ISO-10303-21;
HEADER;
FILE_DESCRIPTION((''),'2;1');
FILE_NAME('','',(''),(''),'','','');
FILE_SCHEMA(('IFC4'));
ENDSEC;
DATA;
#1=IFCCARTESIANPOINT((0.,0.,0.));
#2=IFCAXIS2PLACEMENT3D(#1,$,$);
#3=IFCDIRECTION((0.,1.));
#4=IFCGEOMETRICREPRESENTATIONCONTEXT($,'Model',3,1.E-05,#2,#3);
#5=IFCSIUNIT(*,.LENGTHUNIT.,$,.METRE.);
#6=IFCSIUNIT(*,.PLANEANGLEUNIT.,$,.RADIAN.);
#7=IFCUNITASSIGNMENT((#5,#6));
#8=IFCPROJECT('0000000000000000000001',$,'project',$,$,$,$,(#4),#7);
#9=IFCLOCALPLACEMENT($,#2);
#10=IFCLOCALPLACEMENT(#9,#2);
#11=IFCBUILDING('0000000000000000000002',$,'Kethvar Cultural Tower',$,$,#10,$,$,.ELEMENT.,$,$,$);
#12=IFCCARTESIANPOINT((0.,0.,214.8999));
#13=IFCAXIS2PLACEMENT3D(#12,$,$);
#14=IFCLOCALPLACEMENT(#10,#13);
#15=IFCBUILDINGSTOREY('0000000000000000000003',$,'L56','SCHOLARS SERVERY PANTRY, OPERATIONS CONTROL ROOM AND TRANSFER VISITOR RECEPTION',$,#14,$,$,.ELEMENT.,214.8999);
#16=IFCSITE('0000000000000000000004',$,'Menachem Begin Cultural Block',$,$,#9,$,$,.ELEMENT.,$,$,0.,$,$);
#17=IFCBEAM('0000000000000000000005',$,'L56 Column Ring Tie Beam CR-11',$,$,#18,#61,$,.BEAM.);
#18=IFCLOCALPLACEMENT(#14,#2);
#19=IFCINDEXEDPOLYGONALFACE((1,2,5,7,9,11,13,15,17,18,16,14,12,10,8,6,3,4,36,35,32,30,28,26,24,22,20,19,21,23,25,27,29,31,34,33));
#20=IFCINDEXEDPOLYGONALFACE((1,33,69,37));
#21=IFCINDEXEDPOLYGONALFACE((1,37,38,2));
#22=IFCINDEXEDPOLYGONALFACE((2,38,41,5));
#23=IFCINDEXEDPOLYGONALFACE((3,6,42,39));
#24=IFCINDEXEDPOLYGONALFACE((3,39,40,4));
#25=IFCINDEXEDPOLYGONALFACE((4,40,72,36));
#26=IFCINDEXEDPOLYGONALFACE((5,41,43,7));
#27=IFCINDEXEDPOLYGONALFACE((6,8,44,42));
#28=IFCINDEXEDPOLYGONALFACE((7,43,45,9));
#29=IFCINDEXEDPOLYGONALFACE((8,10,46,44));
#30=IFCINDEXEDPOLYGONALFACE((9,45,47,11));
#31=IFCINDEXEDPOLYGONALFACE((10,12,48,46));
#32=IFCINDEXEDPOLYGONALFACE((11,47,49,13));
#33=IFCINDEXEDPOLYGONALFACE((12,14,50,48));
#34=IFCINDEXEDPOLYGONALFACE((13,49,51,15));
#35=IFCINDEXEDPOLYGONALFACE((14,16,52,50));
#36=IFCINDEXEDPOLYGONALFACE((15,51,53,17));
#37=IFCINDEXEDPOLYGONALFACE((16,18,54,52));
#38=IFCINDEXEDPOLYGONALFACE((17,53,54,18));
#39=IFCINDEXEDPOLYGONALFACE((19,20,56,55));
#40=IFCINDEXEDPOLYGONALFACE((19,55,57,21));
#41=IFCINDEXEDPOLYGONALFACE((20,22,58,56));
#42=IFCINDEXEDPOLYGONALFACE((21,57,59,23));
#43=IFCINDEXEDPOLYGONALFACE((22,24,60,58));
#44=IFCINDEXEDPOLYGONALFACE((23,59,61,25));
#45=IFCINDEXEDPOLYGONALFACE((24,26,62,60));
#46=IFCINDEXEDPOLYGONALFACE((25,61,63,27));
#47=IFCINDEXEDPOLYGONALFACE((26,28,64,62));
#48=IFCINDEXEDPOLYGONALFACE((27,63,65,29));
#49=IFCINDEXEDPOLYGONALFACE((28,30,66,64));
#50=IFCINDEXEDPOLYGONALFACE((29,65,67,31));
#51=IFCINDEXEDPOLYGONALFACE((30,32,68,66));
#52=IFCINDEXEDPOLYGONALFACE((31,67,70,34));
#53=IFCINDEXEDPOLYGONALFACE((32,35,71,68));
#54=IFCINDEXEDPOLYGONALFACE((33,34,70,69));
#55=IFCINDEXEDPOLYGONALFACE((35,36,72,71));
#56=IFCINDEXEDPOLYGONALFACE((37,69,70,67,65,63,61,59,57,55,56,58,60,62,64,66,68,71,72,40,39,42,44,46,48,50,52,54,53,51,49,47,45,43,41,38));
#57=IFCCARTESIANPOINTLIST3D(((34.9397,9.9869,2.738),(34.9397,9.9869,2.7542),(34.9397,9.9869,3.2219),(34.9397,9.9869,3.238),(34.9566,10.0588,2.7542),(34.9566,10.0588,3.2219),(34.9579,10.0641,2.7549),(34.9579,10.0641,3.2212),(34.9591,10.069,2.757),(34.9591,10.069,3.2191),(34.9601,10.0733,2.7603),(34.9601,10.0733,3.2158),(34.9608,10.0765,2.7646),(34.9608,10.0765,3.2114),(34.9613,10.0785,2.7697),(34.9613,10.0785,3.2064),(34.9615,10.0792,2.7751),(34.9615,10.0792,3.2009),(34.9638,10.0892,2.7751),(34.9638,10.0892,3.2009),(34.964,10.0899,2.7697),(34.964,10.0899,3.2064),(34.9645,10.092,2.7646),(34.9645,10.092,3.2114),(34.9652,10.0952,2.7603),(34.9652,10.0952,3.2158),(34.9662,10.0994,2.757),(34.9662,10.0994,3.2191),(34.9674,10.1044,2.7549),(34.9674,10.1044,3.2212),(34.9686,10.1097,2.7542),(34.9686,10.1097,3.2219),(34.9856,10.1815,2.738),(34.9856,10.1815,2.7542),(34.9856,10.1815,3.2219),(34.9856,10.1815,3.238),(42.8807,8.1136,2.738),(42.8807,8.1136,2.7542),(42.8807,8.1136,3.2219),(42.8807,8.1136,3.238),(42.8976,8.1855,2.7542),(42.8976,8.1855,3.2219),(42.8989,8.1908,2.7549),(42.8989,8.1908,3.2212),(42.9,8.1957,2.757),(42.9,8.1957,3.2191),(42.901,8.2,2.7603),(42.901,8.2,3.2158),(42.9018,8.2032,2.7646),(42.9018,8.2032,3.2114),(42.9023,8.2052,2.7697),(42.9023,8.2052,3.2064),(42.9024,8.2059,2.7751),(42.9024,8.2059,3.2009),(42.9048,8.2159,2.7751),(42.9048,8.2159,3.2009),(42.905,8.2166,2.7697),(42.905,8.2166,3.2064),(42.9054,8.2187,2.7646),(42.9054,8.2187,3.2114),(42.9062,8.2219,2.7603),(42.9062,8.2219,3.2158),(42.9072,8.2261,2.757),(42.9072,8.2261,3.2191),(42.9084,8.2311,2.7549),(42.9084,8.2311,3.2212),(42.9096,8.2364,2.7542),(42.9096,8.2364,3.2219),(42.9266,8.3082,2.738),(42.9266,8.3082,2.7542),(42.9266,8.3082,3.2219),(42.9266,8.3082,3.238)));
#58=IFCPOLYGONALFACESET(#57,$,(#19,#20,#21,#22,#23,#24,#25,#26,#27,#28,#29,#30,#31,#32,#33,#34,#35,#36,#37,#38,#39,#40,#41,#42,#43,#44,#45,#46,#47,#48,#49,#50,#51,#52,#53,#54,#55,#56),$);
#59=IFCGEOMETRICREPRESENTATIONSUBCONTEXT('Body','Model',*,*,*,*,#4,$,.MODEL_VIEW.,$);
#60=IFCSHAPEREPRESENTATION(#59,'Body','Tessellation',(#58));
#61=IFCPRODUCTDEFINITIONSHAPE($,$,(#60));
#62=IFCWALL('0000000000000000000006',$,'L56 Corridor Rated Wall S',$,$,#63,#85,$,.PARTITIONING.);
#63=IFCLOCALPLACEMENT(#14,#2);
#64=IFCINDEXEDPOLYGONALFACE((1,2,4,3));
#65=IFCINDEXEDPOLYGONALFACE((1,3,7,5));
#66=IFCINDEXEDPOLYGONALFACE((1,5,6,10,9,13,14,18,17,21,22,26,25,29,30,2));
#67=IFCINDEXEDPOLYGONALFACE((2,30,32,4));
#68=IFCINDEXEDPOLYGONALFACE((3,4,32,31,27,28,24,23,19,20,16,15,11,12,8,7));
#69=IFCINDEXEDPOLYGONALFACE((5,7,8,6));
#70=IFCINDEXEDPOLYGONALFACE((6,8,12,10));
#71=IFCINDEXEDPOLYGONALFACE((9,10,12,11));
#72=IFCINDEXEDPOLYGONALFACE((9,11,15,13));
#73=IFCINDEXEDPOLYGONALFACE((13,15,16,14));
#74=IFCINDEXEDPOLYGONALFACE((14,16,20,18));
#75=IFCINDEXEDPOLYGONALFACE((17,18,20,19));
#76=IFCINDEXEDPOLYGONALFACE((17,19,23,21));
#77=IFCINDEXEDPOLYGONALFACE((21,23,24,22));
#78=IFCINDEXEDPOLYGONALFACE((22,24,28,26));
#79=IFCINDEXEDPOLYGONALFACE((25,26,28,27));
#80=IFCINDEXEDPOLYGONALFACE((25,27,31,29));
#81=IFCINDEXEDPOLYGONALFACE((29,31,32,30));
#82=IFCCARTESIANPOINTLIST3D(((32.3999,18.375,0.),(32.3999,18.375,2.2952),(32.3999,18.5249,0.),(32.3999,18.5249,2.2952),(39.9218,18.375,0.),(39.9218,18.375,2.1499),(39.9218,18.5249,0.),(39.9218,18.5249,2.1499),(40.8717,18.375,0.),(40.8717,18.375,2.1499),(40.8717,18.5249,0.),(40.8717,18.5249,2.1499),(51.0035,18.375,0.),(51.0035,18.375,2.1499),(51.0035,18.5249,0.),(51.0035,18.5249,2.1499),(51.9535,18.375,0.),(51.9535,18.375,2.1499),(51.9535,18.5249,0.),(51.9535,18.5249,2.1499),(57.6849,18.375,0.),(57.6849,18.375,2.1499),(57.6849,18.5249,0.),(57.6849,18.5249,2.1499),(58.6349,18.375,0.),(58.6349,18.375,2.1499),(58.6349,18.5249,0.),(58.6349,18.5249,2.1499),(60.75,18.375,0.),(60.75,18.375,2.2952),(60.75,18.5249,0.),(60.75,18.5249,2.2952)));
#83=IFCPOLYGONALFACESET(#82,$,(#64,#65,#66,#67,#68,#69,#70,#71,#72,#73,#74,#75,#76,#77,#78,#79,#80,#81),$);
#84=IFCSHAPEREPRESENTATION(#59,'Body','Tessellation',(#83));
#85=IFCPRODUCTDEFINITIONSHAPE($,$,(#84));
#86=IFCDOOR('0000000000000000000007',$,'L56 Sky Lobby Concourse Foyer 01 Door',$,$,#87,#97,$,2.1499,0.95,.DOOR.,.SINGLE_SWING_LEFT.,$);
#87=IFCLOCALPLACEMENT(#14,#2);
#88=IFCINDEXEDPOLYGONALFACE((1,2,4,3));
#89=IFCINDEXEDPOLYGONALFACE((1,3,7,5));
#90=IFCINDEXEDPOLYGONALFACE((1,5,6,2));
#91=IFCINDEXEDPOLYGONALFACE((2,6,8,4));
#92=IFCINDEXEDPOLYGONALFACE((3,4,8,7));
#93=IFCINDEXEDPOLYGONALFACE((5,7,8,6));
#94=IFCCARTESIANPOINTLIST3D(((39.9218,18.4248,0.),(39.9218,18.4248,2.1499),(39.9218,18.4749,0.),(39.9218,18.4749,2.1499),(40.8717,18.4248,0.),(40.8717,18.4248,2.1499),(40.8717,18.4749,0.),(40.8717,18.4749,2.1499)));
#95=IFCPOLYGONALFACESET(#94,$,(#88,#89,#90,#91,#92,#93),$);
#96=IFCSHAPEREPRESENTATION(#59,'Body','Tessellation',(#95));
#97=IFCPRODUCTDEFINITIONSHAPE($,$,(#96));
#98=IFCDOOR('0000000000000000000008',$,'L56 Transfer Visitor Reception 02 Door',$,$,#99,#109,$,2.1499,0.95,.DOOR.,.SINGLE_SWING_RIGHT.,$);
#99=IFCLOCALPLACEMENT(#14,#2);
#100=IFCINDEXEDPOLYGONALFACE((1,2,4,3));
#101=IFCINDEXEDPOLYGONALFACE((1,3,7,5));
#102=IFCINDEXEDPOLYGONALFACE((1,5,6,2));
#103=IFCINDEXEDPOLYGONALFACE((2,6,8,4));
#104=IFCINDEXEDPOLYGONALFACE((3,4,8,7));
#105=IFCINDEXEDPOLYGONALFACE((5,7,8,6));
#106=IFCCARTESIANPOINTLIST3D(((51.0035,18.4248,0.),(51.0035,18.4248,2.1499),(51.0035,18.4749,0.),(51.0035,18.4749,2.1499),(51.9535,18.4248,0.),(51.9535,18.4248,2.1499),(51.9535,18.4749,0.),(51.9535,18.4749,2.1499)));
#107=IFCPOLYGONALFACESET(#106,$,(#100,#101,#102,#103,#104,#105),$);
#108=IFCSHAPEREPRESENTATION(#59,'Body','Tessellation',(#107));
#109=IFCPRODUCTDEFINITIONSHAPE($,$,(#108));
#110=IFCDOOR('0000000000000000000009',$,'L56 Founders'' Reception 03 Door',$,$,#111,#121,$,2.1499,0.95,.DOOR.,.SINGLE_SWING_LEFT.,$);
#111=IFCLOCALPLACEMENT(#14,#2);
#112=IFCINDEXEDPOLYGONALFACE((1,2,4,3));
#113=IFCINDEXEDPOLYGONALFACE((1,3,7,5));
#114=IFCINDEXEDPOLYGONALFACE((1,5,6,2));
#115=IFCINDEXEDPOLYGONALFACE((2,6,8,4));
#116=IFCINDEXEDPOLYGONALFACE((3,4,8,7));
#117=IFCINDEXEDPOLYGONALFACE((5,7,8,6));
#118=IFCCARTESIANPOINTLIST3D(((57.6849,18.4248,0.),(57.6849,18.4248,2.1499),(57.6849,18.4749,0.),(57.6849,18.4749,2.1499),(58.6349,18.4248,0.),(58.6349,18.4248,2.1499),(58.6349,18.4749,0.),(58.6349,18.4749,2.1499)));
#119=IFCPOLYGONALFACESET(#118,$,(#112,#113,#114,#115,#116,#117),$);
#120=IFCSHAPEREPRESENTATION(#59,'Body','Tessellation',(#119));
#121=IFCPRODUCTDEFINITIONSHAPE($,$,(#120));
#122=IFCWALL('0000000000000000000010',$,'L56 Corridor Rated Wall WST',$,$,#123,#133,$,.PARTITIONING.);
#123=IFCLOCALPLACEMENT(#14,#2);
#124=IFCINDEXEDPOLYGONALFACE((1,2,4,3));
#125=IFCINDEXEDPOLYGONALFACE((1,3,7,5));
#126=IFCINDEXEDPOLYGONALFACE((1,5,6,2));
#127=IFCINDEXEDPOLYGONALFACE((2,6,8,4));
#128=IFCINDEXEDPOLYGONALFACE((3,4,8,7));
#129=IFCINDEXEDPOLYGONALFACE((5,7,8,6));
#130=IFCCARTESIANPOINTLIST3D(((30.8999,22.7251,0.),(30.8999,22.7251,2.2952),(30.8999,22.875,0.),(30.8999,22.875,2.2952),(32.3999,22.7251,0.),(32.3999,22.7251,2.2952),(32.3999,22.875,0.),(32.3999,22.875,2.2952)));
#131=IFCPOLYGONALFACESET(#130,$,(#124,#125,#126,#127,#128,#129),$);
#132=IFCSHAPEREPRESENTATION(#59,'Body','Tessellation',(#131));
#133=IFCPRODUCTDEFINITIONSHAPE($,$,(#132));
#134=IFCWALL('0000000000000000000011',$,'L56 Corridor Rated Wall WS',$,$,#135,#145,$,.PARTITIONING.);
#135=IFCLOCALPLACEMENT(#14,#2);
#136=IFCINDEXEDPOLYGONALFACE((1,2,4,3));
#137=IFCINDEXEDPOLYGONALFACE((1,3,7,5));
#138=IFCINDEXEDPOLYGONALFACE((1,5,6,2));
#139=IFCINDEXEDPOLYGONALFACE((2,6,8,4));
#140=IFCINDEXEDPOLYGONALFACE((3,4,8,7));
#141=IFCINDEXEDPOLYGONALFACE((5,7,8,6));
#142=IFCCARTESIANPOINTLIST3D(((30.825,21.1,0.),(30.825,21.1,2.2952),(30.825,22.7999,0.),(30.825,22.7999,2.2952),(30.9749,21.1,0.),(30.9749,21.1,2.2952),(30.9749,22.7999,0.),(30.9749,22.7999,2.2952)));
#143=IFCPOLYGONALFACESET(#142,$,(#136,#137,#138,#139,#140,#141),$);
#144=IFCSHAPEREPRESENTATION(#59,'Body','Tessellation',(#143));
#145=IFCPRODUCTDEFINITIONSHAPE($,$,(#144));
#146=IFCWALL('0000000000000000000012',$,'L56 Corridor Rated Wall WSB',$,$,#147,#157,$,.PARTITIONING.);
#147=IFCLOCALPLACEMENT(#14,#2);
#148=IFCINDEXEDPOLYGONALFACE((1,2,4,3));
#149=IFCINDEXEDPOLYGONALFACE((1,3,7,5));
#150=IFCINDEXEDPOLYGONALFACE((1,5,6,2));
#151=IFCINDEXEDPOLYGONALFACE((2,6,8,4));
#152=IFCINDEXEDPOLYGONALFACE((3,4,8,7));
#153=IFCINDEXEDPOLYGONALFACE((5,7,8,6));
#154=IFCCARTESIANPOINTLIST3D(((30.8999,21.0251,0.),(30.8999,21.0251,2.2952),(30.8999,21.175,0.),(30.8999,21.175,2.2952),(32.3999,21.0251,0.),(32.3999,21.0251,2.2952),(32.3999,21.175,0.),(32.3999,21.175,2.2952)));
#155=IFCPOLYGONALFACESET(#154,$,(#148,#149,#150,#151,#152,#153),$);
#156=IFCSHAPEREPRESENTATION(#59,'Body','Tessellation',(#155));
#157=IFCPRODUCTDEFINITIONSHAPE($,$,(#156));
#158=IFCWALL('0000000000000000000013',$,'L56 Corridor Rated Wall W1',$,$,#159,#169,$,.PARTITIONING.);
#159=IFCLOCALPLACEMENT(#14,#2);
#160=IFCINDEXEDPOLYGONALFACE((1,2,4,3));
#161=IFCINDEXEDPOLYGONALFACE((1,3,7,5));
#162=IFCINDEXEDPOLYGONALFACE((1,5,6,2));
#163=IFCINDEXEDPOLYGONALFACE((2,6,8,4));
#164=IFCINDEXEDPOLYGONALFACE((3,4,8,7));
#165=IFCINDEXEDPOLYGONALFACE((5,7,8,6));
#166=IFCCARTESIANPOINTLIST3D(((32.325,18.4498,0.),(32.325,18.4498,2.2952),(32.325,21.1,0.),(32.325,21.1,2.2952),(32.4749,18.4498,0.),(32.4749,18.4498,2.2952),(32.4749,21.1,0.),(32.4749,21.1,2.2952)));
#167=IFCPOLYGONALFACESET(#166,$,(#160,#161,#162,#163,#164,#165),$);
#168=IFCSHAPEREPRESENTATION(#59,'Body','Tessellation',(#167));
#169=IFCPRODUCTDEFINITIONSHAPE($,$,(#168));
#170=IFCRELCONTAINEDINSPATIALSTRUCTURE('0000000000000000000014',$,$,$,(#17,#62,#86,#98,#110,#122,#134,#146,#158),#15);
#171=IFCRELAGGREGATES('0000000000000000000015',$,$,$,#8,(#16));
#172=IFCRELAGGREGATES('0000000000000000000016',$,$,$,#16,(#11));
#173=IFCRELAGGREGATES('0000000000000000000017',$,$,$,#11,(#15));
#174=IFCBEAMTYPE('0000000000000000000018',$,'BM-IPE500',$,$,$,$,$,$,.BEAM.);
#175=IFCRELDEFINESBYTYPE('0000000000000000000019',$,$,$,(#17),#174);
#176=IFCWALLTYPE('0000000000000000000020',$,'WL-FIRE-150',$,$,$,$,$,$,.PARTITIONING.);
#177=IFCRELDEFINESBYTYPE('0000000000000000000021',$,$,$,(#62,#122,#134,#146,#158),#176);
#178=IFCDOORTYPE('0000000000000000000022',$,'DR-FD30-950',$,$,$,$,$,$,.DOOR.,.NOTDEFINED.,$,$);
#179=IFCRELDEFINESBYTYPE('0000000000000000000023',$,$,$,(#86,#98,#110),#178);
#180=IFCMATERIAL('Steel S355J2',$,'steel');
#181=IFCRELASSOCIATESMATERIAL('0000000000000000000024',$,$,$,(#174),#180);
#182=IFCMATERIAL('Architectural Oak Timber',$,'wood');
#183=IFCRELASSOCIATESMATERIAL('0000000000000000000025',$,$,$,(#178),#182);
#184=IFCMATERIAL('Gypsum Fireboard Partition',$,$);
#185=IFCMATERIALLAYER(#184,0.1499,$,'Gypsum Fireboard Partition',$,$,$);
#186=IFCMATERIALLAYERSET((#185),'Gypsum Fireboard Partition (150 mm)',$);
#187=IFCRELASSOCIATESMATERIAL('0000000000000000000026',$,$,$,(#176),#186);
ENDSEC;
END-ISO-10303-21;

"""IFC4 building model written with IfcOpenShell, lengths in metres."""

from ifc_helpers import new_model, si_unit, direction, frame, frame_2d, origin, origin_2d, place, context, subcontext, project, spatial, rectangle, i_section, extrude, source, transform, mapped, material, layer, layer_set, material_profile, profile_set, type_object, element, fill, save


model = new_model("IFC4")

# Units and contexts
model_context = context("Model", 3, precision=1e-05, world=origin(), true_north=direction((0.0, 1.0)))
body_context = subcontext(model_context, "Body", "Model", "MODEL_VIEW")
ifc_project = project(units=[si_unit("LENGTHUNIT", "METRE"), si_unit("PLANEANGLEUNIT", "RADIAN")], contexts=[model_context])

# Site, building, storey
site_placement = place(None, origin())
site = spatial("IfcSite", under=ifc_project, at=site_placement, Name="Menachem Begin Cultural Block", CompositionType="ELEMENT", RefElevation=0.0)
building_placement = place(site_placement, origin())
building = spatial("IfcBuilding", under=site, at=building_placement, Name="Kethvar Cultural Tower", CompositionType="ELEMENT")
storey_placement = place(building_placement, frame((0.0, 0.0, 214.8999)))
storey = spatial("IfcBuildingStorey", under=building, at=storey_placement, Name="L56", Description="SCHOLARS SERVERY PANTRY, OPERATIONS CONTROL ROOM AND TRANSFER VISITOR RECEPTION", CompositionType="ELEMENT", Elevation=214.8999)

# Beam
ifc_material_1 = material(Name="Steel S355J2", Category="steel")
ifc_material_profile_1 = material_profile(ifc_material_1, i_section(OverallWidth=0.2, OverallDepth=0.5, WebThickness=0.0103, FlangeThickness=0.0161, FilletRadius=0.021, at=origin_2d()), Name="Steel S355J2 — IPE500")
ifc_profile_set_1 = profile_set([ifc_material_profile_1], Name="Steel S355J2 — IPE500")
beam_type_1 = type_object("IfcBeamType", Name="BM-IPE500", PredefinedType="BEAM", material=ifc_profile_set_1)
shared_shape_1 = source(origin(), body_context, "Body", "SweptSolid", [
    extrude(i_section(OverallWidth=0.2, OverallDepth=0.5, WebThickness=0.0103, FlangeThickness=0.0161, FilletRadius=0.021, at=origin_2d()), origin(), (0.0, 0.0, 1.0), 8.1589),
])
beam_1_placement = place(storey_placement, frame((34.9626, 10.0842, 2.988), z_axis=(0.973285, -0.229601, 0.0), x_axis=(0.229601, 0.973285, 0.0)))
element("IfcBeam", 1, at=beam_1_placement, inside=storey, type_object=beam_type_1, Name="L56 Column Ring Tie Beam CR-11", PredefinedType="BEAM", context=body_context, shape_type="MappedRepresentation", body=[
    mapped(shared_shape_1, transform((0.0, 0.0, 0.0), scale=1.0)),
])

# Wall, openings, doors
ifc_material_2 = material(Name="Architectural Oak Timber", Category="wood")
door_type_1 = type_object("IfcDoorType", Name="DR-FD30-950", OperationType="NOTDEFINED", PredefinedType="DOOR", material=ifc_material_2)
shared_shape_2 = source(origin(), body_context, "Body", "SweptSolid", [
    extrude(rectangle(XDim=0.95, YDim=2.1499, at=frame_2d((0.4751, 1.075))), frame((0.0, 0.0249, 0.0), z_axis=(0.0, -1.0, 0.0), x_axis=(1.0, 0.0, 0.0)), (0.0, 0.0, 1.0), 0.05),
])
ifc_material_3 = material(Name="Gypsum Fireboard Partition")
ifc_layer_1 = layer(ifc_material_3, 0.1499, Name="Gypsum Fireboard Partition")
ifc_layer_set_1 = layer_set([ifc_layer_1], Name="Gypsum Fireboard Partition (150 mm)")
wall_type_1 = type_object("IfcWallType", Name="WL-FIRE-150", PredefinedType="PARTITIONING", material=ifc_layer_set_1)
wall_1_placement = place(storey_placement, frame((32.3999, 18.45, 0.0), z_axis=(0.0, 0.0, 1.0), x_axis=(1.0, 0.0, 0.0)))
wall_1 = element("IfcWall", 2, at=wall_1_placement, inside=storey, type_object=wall_type_1, Name="L56 Corridor Rated Wall S", PredefinedType="PARTITIONING", context=body_context, shape_type="SweptSolid", body=[
    extrude(rectangle(XDim=28.3501, YDim=0.1499, at=frame_2d((14.175, 0.0))), origin(), (0.0, 0.0, 1.0), 2.2952),
])
opening_1_placement = place(wall_1_placement, frame((7.5217, 0.0, 0.0)))
opening_1 = element("IfcOpeningElement", 3, at=opening_1_placement, cuts=wall_1, PredefinedType="OPENING", context=body_context, shape_type="SweptSolid", body=[
    extrude(rectangle(XDim=0.95, YDim=2.1499, at=frame_2d((0.4751, 1.075))), frame((0.0, 0.085, 0.0), z_axis=(0.0, -1.0, 0.0), x_axis=(1.0, 0.0, 0.0)), (0.0, 0.0, 1.0), 0.1699),
])
opening_2_placement = place(wall_1_placement, frame((18.6035, 0.0, 0.0)))
opening_2 = element("IfcOpeningElement", 4, at=opening_2_placement, cuts=wall_1, PredefinedType="OPENING", context=body_context, shape_type="SweptSolid", body=[
    extrude(rectangle(XDim=0.95, YDim=2.1499, at=frame_2d((0.4751, 1.075))), frame((0.0, 0.085, 0.0), z_axis=(0.0, -1.0, 0.0), x_axis=(1.0, 0.0, 0.0)), (0.0, 0.0, 1.0), 0.1699),
])
opening_3_placement = place(wall_1_placement, frame((25.2849, 0.0, 0.0)))
opening_3 = element("IfcOpeningElement", 5, at=opening_3_placement, cuts=wall_1, PredefinedType="OPENING", context=body_context, shape_type="SweptSolid", body=[
    extrude(rectangle(XDim=0.95, YDim=2.1499, at=frame_2d((0.4751, 1.075))), frame((0.0, 0.085, 0.0), z_axis=(0.0, -1.0, 0.0), x_axis=(1.0, 0.0, 0.0)), (0.0, 0.0, 1.0), 0.1699),
])
door_1_placement = place(opening_1_placement, origin())
door_1 = element("IfcDoor", 6, at=door_1_placement, inside=storey, type_object=door_type_1, Name="L56 Sky Lobby Concourse Foyer 01 Door", OperationType="SINGLE_SWING_LEFT", OverallHeight=2.1499, OverallWidth=0.95, PredefinedType="DOOR", context=body_context, shape_type="MappedRepresentation", body=[
    mapped(shared_shape_2, transform((0.0, 0.0, 0.0), scale=1.0)),
])
fill(opening_1, door_1)
door_2_placement = place(opening_2_placement, origin())
door_2 = element("IfcDoor", 7, at=door_2_placement, inside=storey, type_object=door_type_1, Name="L56 Transfer Visitor Reception 02 Door", OperationType="SINGLE_SWING_RIGHT", OverallHeight=2.1499, OverallWidth=0.95, PredefinedType="DOOR", context=body_context, shape_type="MappedRepresentation", body=[
    mapped(shared_shape_2, transform((0.0, 0.0, 0.0), scale=1.0)),
])
fill(opening_2, door_2)
door_3_placement = place(opening_3_placement, origin())
door_3 = element("IfcDoor", 8, at=door_3_placement, inside=storey, type_object=door_type_1, Name="L56 Founders' Reception 03 Door", OperationType="SINGLE_SWING_LEFT", OverallHeight=2.1499, OverallWidth=0.95, PredefinedType="DOOR", context=body_context, shape_type="MappedRepresentation", body=[
    mapped(shared_shape_2, transform((0.0, 0.0, 0.0), scale=1.0)),
])
fill(opening_3, door_3)

# Walls
wall_2_placement = place(storey_placement, frame((32.3999, 22.8, 0.0), z_axis=(0.0, 0.0, 1.0), x_axis=(-1.0, 0.0, 0.0)))
element("IfcWall", 9, at=wall_2_placement, inside=storey, type_object=wall_type_1, Name="L56 Corridor Rated Wall WST", PredefinedType="PARTITIONING", context=body_context, shape_type="SweptSolid", body=[
    extrude(rectangle(XDim=1.5, YDim=0.1499, at=frame_2d((0.75, 0.0))), origin(), (0.0, 0.0, 1.0), 2.2952),
])
wall_3_placement = place(storey_placement, frame((30.8999, 22.8, 0.0), z_axis=(0.0, 0.0, 1.0), x_axis=(0.0, -1.0, 0.0)))
element("IfcWall", 10, at=wall_3_placement, inside=storey, type_object=wall_type_1, Name="L56 Corridor Rated Wall WS", PredefinedType="PARTITIONING", context=body_context, shape_type="SweptSolid", body=[
    extrude(rectangle(XDim=1.7, YDim=0.1499, at=frame_2d((0.8501, 0.0))), origin(), (0.0, 0.0, 1.0), 2.2952),
])
wall_4_placement = place(storey_placement, frame((30.8999, 21.1001, 0.0), z_axis=(0.0, 0.0, 1.0), x_axis=(1.0, 0.0, 0.0)))
element("IfcWall", 11, at=wall_4_placement, inside=storey, type_object=wall_type_1, Name="L56 Corridor Rated Wall WSB", PredefinedType="PARTITIONING", context=body_context, shape_type="SweptSolid", body=[
    extrude(rectangle(XDim=1.5, YDim=0.1499, at=frame_2d((0.75, 0.0))), origin(), (0.0, 0.0, 1.0), 2.2952),
])
wall_5_placement = place(storey_placement, frame((32.3999, 21.1001, 0.0), z_axis=(0.0, 0.0, 1.0), x_axis=(0.0, -1.0, 0.0)))
element("IfcWall", 12, at=wall_5_placement, inside=storey, type_object=wall_type_1, Name="L56 Corridor Rated Wall W1", PredefinedType="PARTITIONING", context=body_context, shape_type="SweptSolid", body=[
    extrude(rectangle(XDim=2.6501, YDim=0.1499, at=frame_2d((1.3252, 0.0))), origin(), (0.0, 0.0, 1.0), 2.2952),
])

save(model, "model.ifc")
